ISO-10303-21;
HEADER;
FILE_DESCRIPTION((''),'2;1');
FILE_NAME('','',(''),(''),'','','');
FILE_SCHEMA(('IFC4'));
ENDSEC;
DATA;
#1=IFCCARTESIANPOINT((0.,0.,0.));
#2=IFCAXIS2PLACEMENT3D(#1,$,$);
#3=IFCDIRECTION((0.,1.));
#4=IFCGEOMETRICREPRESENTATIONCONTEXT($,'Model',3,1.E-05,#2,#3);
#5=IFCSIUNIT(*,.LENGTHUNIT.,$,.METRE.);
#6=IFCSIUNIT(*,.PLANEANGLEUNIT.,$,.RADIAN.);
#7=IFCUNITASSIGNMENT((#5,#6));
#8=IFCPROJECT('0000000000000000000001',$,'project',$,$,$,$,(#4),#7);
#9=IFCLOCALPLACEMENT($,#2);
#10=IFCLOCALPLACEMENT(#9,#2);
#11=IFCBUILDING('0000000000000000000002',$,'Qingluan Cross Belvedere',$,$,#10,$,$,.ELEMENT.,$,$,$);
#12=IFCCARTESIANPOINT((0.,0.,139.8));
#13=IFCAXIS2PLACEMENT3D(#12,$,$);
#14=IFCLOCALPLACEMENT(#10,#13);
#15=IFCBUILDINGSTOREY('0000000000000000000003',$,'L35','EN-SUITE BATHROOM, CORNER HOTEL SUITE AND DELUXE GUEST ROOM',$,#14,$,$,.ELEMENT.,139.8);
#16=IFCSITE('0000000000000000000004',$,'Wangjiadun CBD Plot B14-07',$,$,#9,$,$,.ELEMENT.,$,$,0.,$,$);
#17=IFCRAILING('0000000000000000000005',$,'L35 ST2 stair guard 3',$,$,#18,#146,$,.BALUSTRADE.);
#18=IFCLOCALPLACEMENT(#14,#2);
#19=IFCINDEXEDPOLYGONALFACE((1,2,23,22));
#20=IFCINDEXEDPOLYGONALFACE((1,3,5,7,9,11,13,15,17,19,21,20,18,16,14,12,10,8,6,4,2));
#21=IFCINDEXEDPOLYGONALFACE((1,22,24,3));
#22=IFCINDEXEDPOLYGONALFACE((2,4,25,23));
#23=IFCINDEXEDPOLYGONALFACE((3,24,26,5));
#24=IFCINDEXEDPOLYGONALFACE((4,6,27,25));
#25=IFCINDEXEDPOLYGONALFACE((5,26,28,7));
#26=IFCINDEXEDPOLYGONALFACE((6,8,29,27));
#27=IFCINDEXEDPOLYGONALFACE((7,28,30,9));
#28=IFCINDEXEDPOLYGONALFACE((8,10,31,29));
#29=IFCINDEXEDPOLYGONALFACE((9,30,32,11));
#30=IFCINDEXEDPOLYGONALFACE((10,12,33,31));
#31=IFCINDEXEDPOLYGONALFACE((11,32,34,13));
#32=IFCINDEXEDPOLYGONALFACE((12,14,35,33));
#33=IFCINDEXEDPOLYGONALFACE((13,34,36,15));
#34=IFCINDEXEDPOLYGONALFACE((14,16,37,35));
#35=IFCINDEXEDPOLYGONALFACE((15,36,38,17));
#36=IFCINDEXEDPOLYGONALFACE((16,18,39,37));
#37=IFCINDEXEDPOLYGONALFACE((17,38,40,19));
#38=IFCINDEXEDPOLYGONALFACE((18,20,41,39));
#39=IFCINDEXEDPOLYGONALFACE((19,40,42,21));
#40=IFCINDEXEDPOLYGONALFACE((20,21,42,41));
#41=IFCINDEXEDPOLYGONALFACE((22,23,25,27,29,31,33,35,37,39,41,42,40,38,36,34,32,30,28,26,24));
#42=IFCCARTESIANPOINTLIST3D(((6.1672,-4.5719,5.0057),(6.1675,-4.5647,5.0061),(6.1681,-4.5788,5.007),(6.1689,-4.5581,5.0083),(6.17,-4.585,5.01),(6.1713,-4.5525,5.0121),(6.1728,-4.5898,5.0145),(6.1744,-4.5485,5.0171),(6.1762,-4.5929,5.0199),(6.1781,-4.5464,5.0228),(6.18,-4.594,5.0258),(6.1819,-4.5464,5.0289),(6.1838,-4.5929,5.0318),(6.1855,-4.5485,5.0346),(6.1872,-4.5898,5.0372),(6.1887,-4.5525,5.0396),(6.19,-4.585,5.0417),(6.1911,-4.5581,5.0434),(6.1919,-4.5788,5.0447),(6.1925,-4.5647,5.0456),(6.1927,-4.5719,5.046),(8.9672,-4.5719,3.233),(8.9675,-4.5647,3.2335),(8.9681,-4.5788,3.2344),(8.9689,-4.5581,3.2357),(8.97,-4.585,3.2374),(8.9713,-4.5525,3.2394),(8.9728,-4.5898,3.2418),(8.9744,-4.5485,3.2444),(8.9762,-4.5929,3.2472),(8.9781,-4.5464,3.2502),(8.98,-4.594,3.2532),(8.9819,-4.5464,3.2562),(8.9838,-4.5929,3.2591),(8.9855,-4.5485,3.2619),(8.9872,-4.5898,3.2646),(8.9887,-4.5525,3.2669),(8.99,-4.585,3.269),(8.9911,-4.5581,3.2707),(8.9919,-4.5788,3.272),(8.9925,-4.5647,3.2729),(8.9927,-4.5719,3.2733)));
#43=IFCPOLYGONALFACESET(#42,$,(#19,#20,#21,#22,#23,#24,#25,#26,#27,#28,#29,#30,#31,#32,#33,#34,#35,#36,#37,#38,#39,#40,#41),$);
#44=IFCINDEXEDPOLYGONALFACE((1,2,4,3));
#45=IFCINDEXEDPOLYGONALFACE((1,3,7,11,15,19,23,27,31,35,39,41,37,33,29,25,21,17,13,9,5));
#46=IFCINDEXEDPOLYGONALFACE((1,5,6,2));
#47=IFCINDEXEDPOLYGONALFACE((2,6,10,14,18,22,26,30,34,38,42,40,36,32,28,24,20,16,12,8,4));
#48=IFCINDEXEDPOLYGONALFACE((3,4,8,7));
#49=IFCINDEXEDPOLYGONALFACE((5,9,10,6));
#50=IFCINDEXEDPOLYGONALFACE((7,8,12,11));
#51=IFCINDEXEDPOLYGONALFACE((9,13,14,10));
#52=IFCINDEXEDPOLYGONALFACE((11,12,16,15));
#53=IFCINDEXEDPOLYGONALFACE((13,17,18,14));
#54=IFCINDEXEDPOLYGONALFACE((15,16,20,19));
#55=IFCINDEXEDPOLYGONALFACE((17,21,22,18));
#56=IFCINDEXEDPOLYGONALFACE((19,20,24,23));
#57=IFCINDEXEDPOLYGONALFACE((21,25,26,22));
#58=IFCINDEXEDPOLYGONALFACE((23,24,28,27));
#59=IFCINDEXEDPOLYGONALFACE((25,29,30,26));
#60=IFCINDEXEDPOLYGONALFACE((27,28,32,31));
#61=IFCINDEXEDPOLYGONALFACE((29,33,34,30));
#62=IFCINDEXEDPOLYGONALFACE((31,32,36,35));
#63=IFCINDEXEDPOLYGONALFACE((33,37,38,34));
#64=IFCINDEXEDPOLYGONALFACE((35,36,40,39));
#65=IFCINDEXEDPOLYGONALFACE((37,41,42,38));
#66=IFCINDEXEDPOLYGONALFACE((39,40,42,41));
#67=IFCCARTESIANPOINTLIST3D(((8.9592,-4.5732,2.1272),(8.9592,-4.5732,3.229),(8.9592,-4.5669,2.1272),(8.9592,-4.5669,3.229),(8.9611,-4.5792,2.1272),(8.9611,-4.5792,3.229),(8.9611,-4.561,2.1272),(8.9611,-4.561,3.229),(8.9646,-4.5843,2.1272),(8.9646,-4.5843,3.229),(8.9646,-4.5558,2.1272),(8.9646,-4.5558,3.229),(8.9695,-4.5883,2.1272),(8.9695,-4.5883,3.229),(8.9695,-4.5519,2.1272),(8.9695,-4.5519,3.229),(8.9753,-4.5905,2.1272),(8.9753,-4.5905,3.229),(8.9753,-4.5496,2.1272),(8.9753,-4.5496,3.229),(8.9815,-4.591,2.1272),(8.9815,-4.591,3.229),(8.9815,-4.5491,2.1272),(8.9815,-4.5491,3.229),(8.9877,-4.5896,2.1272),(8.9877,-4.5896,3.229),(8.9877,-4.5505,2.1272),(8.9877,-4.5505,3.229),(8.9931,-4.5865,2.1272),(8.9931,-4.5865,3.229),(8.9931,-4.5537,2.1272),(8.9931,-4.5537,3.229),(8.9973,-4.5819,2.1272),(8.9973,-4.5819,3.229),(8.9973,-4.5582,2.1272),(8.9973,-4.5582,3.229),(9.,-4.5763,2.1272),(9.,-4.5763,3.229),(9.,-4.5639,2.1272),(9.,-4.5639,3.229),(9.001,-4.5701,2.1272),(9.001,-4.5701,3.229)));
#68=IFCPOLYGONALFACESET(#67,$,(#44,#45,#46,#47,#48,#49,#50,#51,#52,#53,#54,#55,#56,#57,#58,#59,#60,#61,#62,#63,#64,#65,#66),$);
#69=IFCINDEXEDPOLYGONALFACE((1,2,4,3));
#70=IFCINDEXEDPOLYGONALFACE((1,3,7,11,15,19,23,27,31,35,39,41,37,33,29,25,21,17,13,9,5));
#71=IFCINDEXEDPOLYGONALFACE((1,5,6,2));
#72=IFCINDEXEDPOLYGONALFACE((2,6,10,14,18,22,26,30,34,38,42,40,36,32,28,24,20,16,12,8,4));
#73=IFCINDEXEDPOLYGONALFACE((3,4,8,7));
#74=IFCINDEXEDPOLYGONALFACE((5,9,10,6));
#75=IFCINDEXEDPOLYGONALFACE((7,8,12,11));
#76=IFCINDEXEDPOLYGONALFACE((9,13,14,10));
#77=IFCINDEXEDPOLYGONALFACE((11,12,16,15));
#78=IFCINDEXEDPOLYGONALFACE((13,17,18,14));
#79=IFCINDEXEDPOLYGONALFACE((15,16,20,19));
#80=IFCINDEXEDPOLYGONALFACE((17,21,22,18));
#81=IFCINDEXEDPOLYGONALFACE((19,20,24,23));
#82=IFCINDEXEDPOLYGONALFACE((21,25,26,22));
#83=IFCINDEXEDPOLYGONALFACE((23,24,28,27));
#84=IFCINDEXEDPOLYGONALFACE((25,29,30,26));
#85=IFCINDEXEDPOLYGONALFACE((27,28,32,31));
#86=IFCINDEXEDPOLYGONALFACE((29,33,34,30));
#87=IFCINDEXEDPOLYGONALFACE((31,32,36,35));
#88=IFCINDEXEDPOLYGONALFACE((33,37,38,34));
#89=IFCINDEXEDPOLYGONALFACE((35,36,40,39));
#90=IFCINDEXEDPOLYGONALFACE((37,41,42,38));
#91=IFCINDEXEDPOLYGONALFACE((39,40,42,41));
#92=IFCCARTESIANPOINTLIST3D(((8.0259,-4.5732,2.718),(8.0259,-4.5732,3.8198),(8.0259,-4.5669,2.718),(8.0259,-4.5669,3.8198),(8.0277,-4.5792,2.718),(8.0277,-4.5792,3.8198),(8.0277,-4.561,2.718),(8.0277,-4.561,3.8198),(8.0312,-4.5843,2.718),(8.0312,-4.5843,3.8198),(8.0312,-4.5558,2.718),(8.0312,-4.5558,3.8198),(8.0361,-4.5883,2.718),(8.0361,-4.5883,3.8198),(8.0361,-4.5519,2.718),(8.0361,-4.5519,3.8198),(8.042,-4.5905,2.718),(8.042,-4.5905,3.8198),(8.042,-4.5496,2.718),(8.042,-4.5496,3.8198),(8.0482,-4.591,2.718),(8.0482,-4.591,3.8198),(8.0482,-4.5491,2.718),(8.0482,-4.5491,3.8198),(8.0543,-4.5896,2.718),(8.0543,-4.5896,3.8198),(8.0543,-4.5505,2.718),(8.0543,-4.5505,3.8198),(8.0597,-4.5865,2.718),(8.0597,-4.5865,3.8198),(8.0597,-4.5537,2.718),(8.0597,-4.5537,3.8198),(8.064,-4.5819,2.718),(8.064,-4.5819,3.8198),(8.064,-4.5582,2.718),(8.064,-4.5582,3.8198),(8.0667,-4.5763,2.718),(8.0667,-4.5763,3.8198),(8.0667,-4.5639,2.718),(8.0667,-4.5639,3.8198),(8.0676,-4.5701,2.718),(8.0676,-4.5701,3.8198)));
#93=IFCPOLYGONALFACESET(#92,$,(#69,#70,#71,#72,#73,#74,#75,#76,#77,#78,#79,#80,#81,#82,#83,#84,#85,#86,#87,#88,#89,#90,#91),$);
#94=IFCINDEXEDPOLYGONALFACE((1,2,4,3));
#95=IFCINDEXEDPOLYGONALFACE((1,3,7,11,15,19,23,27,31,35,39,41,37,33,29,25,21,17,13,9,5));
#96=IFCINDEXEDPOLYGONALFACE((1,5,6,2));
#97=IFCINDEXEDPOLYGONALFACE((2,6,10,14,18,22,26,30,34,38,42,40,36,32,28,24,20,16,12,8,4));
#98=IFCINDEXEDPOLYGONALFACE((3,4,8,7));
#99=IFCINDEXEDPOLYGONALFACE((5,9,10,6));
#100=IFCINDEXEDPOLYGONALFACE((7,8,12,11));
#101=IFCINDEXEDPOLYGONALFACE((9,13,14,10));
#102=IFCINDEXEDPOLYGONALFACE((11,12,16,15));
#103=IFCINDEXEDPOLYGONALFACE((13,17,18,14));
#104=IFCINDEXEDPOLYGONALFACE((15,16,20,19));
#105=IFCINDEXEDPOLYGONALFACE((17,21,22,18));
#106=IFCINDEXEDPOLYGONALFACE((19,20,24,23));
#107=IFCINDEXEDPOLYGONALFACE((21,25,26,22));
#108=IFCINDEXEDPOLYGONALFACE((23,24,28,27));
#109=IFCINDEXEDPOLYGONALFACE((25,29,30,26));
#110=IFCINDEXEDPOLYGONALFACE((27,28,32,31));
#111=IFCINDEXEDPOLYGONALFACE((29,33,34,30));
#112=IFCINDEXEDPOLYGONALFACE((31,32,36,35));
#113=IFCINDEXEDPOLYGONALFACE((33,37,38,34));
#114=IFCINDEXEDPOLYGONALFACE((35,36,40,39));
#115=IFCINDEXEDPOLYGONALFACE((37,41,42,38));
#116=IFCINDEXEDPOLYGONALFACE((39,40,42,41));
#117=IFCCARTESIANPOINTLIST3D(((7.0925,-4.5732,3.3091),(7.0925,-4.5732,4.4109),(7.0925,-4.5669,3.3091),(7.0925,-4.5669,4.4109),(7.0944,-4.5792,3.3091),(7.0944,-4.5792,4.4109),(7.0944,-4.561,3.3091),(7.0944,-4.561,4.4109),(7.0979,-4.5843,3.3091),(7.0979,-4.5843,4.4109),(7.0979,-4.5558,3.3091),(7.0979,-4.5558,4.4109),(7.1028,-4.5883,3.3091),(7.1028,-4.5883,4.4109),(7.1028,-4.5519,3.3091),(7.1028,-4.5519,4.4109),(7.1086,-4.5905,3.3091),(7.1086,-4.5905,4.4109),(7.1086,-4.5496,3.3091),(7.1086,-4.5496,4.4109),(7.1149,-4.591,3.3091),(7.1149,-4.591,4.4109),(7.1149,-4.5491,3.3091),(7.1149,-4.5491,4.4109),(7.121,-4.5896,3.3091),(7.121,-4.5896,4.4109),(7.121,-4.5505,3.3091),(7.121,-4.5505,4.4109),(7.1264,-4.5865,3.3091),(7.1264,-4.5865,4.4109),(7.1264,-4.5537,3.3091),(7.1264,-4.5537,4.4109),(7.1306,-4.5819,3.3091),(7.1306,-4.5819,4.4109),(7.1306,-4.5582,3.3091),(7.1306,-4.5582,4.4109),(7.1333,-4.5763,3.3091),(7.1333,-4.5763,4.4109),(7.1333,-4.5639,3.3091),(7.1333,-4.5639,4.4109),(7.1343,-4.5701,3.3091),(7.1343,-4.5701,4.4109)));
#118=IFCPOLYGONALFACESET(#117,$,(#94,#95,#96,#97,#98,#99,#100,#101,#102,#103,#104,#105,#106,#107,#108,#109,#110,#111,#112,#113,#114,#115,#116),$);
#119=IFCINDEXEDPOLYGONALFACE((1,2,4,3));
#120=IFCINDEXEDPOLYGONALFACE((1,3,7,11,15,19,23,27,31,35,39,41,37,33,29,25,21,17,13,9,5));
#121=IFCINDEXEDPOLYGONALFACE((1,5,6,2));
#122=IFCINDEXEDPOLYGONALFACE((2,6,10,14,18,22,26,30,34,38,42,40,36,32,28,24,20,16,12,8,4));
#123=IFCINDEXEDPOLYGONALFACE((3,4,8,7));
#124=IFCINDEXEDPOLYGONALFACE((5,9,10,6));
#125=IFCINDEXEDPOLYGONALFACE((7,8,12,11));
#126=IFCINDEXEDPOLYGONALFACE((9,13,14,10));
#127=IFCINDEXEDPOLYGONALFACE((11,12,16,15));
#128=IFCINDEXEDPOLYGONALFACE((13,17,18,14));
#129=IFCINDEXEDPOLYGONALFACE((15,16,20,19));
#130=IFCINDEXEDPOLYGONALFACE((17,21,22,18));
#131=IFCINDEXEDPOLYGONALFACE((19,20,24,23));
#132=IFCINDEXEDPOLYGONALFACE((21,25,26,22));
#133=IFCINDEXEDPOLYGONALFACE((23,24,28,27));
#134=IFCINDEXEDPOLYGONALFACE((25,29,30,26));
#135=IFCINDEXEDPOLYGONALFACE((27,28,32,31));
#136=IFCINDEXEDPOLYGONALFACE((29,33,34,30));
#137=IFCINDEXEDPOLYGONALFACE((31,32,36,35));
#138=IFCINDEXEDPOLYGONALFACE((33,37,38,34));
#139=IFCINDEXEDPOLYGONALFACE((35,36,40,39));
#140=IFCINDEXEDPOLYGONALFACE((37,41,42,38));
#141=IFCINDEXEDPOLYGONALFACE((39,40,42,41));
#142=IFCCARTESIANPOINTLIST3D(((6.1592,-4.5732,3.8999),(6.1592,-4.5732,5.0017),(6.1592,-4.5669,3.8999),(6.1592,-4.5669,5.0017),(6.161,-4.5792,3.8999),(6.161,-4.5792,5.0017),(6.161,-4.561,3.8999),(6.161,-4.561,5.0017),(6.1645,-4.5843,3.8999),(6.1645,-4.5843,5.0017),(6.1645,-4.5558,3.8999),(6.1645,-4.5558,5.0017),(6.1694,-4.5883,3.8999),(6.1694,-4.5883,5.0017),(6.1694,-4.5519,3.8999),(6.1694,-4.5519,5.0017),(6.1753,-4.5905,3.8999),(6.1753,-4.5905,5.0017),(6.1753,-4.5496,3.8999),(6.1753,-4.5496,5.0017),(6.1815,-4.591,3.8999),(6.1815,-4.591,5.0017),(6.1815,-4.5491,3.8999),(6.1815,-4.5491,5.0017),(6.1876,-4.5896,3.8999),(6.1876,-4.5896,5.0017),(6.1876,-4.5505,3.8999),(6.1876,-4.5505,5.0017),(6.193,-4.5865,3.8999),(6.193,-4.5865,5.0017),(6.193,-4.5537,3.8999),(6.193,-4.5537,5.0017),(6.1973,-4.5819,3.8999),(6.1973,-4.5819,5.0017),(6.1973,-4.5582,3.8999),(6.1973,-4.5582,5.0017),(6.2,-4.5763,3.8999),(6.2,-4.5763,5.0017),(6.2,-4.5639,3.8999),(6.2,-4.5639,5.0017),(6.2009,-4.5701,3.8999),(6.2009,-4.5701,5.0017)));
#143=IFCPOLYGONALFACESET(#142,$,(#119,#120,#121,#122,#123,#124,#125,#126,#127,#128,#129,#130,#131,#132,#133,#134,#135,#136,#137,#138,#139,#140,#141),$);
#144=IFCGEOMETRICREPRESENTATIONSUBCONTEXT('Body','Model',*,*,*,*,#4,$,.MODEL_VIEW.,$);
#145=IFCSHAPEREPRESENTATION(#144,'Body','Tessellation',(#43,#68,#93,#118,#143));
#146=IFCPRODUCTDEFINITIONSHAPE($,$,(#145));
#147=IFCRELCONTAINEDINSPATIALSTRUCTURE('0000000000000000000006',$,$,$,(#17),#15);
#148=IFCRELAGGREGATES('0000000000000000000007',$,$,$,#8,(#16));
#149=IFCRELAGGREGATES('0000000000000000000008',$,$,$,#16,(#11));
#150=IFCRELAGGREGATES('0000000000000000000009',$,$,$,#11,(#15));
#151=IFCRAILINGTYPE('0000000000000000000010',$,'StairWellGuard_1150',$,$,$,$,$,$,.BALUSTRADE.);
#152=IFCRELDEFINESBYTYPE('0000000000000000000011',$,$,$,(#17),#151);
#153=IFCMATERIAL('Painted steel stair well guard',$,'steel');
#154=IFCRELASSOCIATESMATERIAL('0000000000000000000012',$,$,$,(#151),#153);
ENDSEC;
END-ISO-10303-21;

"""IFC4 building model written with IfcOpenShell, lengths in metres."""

from ifc_helpers import new_model, si_unit, direction, frame, origin, origin_2d, place, context, subcontext, project, spatial, circle, extrude, material, type_object, element, save


model = new_model("IFC4")

# Units and contexts
model_context = context("Model", 3, precision=1e-05, world=origin(), true_north=direction((0.0, 1.0)))
body_context = subcontext(model_context, "Body", "Model", "MODEL_VIEW")
ifc_project = project(units=[si_unit("LENGTHUNIT", "METRE"), si_unit("PLANEANGLEUNIT", "RADIAN")], contexts=[model_context])

# Site, building, storey
site_placement = place(None, origin())
site = spatial("IfcSite", under=ifc_project, at=site_placement, Name="Wangjiadun CBD Plot B14-07", CompositionType="ELEMENT", RefElevation=0.0)
building_placement = place(site_placement, origin())
building = spatial("IfcBuilding", under=site, at=building_placement, Name="Qingluan Cross Belvedere", CompositionType="ELEMENT")
storey_placement = place(building_placement, frame((0.0, 0.0, 139.8)))
storey = spatial("IfcBuildingStorey", under=building, at=storey_placement, Name="L35", Description="EN-SUITE BATHROOM, CORNER HOTEL SUITE AND DELUXE GUEST ROOM", CompositionType="ELEMENT", Elevation=139.8)

# Railing
ifc_material_1 = material(Name="Painted steel stair well guard", Category="steel")
railing_type_1 = type_object("IfcRailingType", Name="StairWellGuard_1150", PredefinedType="BALUSTRADE", material=ifc_material_1)
railing_1_placement = place(storey_placement, frame((8.98, -4.5701, 2.1272)))
element("IfcRailing", 1, at=railing_1_placement, inside=storey, type_object=railing_type_1, Name="L35 ST2 stair guard 3", PredefinedType="BALUSTRADE", context=body_context, shape_type="SweptSolid", body=[
    extrude(circle(Radius=0.0239, at=origin_2d()), frame((0.0, 0.0, 1.126), z_axis=(-0.844909, 0.0, 0.53491), x_axis=(0.0, -1.0, 0.0)), (0.0, 0.0, 1.0), 3.314),
    extrude(circle(Radius=0.021, at=origin_2d()), origin(), (0.0, 0.0, 1.0), 1.1018),
    extrude(circle(Radius=0.021, at=origin_2d()), frame((-0.9333, 0.0, 0.5908)), (0.0, 0.0, 1.0), 1.1018),
    extrude(circle(Radius=0.021, at=origin_2d()), frame((-1.8667, 0.0, 1.1819)), (0.0, 0.0, 1.0), 1.1018),
    extrude(circle(Radius=0.021, at=origin_2d()), frame((-2.8, 0.0, 1.7727)), (0.0, 0.0, 1.0), 1.1018),
])

save(model, "model.ifc")
